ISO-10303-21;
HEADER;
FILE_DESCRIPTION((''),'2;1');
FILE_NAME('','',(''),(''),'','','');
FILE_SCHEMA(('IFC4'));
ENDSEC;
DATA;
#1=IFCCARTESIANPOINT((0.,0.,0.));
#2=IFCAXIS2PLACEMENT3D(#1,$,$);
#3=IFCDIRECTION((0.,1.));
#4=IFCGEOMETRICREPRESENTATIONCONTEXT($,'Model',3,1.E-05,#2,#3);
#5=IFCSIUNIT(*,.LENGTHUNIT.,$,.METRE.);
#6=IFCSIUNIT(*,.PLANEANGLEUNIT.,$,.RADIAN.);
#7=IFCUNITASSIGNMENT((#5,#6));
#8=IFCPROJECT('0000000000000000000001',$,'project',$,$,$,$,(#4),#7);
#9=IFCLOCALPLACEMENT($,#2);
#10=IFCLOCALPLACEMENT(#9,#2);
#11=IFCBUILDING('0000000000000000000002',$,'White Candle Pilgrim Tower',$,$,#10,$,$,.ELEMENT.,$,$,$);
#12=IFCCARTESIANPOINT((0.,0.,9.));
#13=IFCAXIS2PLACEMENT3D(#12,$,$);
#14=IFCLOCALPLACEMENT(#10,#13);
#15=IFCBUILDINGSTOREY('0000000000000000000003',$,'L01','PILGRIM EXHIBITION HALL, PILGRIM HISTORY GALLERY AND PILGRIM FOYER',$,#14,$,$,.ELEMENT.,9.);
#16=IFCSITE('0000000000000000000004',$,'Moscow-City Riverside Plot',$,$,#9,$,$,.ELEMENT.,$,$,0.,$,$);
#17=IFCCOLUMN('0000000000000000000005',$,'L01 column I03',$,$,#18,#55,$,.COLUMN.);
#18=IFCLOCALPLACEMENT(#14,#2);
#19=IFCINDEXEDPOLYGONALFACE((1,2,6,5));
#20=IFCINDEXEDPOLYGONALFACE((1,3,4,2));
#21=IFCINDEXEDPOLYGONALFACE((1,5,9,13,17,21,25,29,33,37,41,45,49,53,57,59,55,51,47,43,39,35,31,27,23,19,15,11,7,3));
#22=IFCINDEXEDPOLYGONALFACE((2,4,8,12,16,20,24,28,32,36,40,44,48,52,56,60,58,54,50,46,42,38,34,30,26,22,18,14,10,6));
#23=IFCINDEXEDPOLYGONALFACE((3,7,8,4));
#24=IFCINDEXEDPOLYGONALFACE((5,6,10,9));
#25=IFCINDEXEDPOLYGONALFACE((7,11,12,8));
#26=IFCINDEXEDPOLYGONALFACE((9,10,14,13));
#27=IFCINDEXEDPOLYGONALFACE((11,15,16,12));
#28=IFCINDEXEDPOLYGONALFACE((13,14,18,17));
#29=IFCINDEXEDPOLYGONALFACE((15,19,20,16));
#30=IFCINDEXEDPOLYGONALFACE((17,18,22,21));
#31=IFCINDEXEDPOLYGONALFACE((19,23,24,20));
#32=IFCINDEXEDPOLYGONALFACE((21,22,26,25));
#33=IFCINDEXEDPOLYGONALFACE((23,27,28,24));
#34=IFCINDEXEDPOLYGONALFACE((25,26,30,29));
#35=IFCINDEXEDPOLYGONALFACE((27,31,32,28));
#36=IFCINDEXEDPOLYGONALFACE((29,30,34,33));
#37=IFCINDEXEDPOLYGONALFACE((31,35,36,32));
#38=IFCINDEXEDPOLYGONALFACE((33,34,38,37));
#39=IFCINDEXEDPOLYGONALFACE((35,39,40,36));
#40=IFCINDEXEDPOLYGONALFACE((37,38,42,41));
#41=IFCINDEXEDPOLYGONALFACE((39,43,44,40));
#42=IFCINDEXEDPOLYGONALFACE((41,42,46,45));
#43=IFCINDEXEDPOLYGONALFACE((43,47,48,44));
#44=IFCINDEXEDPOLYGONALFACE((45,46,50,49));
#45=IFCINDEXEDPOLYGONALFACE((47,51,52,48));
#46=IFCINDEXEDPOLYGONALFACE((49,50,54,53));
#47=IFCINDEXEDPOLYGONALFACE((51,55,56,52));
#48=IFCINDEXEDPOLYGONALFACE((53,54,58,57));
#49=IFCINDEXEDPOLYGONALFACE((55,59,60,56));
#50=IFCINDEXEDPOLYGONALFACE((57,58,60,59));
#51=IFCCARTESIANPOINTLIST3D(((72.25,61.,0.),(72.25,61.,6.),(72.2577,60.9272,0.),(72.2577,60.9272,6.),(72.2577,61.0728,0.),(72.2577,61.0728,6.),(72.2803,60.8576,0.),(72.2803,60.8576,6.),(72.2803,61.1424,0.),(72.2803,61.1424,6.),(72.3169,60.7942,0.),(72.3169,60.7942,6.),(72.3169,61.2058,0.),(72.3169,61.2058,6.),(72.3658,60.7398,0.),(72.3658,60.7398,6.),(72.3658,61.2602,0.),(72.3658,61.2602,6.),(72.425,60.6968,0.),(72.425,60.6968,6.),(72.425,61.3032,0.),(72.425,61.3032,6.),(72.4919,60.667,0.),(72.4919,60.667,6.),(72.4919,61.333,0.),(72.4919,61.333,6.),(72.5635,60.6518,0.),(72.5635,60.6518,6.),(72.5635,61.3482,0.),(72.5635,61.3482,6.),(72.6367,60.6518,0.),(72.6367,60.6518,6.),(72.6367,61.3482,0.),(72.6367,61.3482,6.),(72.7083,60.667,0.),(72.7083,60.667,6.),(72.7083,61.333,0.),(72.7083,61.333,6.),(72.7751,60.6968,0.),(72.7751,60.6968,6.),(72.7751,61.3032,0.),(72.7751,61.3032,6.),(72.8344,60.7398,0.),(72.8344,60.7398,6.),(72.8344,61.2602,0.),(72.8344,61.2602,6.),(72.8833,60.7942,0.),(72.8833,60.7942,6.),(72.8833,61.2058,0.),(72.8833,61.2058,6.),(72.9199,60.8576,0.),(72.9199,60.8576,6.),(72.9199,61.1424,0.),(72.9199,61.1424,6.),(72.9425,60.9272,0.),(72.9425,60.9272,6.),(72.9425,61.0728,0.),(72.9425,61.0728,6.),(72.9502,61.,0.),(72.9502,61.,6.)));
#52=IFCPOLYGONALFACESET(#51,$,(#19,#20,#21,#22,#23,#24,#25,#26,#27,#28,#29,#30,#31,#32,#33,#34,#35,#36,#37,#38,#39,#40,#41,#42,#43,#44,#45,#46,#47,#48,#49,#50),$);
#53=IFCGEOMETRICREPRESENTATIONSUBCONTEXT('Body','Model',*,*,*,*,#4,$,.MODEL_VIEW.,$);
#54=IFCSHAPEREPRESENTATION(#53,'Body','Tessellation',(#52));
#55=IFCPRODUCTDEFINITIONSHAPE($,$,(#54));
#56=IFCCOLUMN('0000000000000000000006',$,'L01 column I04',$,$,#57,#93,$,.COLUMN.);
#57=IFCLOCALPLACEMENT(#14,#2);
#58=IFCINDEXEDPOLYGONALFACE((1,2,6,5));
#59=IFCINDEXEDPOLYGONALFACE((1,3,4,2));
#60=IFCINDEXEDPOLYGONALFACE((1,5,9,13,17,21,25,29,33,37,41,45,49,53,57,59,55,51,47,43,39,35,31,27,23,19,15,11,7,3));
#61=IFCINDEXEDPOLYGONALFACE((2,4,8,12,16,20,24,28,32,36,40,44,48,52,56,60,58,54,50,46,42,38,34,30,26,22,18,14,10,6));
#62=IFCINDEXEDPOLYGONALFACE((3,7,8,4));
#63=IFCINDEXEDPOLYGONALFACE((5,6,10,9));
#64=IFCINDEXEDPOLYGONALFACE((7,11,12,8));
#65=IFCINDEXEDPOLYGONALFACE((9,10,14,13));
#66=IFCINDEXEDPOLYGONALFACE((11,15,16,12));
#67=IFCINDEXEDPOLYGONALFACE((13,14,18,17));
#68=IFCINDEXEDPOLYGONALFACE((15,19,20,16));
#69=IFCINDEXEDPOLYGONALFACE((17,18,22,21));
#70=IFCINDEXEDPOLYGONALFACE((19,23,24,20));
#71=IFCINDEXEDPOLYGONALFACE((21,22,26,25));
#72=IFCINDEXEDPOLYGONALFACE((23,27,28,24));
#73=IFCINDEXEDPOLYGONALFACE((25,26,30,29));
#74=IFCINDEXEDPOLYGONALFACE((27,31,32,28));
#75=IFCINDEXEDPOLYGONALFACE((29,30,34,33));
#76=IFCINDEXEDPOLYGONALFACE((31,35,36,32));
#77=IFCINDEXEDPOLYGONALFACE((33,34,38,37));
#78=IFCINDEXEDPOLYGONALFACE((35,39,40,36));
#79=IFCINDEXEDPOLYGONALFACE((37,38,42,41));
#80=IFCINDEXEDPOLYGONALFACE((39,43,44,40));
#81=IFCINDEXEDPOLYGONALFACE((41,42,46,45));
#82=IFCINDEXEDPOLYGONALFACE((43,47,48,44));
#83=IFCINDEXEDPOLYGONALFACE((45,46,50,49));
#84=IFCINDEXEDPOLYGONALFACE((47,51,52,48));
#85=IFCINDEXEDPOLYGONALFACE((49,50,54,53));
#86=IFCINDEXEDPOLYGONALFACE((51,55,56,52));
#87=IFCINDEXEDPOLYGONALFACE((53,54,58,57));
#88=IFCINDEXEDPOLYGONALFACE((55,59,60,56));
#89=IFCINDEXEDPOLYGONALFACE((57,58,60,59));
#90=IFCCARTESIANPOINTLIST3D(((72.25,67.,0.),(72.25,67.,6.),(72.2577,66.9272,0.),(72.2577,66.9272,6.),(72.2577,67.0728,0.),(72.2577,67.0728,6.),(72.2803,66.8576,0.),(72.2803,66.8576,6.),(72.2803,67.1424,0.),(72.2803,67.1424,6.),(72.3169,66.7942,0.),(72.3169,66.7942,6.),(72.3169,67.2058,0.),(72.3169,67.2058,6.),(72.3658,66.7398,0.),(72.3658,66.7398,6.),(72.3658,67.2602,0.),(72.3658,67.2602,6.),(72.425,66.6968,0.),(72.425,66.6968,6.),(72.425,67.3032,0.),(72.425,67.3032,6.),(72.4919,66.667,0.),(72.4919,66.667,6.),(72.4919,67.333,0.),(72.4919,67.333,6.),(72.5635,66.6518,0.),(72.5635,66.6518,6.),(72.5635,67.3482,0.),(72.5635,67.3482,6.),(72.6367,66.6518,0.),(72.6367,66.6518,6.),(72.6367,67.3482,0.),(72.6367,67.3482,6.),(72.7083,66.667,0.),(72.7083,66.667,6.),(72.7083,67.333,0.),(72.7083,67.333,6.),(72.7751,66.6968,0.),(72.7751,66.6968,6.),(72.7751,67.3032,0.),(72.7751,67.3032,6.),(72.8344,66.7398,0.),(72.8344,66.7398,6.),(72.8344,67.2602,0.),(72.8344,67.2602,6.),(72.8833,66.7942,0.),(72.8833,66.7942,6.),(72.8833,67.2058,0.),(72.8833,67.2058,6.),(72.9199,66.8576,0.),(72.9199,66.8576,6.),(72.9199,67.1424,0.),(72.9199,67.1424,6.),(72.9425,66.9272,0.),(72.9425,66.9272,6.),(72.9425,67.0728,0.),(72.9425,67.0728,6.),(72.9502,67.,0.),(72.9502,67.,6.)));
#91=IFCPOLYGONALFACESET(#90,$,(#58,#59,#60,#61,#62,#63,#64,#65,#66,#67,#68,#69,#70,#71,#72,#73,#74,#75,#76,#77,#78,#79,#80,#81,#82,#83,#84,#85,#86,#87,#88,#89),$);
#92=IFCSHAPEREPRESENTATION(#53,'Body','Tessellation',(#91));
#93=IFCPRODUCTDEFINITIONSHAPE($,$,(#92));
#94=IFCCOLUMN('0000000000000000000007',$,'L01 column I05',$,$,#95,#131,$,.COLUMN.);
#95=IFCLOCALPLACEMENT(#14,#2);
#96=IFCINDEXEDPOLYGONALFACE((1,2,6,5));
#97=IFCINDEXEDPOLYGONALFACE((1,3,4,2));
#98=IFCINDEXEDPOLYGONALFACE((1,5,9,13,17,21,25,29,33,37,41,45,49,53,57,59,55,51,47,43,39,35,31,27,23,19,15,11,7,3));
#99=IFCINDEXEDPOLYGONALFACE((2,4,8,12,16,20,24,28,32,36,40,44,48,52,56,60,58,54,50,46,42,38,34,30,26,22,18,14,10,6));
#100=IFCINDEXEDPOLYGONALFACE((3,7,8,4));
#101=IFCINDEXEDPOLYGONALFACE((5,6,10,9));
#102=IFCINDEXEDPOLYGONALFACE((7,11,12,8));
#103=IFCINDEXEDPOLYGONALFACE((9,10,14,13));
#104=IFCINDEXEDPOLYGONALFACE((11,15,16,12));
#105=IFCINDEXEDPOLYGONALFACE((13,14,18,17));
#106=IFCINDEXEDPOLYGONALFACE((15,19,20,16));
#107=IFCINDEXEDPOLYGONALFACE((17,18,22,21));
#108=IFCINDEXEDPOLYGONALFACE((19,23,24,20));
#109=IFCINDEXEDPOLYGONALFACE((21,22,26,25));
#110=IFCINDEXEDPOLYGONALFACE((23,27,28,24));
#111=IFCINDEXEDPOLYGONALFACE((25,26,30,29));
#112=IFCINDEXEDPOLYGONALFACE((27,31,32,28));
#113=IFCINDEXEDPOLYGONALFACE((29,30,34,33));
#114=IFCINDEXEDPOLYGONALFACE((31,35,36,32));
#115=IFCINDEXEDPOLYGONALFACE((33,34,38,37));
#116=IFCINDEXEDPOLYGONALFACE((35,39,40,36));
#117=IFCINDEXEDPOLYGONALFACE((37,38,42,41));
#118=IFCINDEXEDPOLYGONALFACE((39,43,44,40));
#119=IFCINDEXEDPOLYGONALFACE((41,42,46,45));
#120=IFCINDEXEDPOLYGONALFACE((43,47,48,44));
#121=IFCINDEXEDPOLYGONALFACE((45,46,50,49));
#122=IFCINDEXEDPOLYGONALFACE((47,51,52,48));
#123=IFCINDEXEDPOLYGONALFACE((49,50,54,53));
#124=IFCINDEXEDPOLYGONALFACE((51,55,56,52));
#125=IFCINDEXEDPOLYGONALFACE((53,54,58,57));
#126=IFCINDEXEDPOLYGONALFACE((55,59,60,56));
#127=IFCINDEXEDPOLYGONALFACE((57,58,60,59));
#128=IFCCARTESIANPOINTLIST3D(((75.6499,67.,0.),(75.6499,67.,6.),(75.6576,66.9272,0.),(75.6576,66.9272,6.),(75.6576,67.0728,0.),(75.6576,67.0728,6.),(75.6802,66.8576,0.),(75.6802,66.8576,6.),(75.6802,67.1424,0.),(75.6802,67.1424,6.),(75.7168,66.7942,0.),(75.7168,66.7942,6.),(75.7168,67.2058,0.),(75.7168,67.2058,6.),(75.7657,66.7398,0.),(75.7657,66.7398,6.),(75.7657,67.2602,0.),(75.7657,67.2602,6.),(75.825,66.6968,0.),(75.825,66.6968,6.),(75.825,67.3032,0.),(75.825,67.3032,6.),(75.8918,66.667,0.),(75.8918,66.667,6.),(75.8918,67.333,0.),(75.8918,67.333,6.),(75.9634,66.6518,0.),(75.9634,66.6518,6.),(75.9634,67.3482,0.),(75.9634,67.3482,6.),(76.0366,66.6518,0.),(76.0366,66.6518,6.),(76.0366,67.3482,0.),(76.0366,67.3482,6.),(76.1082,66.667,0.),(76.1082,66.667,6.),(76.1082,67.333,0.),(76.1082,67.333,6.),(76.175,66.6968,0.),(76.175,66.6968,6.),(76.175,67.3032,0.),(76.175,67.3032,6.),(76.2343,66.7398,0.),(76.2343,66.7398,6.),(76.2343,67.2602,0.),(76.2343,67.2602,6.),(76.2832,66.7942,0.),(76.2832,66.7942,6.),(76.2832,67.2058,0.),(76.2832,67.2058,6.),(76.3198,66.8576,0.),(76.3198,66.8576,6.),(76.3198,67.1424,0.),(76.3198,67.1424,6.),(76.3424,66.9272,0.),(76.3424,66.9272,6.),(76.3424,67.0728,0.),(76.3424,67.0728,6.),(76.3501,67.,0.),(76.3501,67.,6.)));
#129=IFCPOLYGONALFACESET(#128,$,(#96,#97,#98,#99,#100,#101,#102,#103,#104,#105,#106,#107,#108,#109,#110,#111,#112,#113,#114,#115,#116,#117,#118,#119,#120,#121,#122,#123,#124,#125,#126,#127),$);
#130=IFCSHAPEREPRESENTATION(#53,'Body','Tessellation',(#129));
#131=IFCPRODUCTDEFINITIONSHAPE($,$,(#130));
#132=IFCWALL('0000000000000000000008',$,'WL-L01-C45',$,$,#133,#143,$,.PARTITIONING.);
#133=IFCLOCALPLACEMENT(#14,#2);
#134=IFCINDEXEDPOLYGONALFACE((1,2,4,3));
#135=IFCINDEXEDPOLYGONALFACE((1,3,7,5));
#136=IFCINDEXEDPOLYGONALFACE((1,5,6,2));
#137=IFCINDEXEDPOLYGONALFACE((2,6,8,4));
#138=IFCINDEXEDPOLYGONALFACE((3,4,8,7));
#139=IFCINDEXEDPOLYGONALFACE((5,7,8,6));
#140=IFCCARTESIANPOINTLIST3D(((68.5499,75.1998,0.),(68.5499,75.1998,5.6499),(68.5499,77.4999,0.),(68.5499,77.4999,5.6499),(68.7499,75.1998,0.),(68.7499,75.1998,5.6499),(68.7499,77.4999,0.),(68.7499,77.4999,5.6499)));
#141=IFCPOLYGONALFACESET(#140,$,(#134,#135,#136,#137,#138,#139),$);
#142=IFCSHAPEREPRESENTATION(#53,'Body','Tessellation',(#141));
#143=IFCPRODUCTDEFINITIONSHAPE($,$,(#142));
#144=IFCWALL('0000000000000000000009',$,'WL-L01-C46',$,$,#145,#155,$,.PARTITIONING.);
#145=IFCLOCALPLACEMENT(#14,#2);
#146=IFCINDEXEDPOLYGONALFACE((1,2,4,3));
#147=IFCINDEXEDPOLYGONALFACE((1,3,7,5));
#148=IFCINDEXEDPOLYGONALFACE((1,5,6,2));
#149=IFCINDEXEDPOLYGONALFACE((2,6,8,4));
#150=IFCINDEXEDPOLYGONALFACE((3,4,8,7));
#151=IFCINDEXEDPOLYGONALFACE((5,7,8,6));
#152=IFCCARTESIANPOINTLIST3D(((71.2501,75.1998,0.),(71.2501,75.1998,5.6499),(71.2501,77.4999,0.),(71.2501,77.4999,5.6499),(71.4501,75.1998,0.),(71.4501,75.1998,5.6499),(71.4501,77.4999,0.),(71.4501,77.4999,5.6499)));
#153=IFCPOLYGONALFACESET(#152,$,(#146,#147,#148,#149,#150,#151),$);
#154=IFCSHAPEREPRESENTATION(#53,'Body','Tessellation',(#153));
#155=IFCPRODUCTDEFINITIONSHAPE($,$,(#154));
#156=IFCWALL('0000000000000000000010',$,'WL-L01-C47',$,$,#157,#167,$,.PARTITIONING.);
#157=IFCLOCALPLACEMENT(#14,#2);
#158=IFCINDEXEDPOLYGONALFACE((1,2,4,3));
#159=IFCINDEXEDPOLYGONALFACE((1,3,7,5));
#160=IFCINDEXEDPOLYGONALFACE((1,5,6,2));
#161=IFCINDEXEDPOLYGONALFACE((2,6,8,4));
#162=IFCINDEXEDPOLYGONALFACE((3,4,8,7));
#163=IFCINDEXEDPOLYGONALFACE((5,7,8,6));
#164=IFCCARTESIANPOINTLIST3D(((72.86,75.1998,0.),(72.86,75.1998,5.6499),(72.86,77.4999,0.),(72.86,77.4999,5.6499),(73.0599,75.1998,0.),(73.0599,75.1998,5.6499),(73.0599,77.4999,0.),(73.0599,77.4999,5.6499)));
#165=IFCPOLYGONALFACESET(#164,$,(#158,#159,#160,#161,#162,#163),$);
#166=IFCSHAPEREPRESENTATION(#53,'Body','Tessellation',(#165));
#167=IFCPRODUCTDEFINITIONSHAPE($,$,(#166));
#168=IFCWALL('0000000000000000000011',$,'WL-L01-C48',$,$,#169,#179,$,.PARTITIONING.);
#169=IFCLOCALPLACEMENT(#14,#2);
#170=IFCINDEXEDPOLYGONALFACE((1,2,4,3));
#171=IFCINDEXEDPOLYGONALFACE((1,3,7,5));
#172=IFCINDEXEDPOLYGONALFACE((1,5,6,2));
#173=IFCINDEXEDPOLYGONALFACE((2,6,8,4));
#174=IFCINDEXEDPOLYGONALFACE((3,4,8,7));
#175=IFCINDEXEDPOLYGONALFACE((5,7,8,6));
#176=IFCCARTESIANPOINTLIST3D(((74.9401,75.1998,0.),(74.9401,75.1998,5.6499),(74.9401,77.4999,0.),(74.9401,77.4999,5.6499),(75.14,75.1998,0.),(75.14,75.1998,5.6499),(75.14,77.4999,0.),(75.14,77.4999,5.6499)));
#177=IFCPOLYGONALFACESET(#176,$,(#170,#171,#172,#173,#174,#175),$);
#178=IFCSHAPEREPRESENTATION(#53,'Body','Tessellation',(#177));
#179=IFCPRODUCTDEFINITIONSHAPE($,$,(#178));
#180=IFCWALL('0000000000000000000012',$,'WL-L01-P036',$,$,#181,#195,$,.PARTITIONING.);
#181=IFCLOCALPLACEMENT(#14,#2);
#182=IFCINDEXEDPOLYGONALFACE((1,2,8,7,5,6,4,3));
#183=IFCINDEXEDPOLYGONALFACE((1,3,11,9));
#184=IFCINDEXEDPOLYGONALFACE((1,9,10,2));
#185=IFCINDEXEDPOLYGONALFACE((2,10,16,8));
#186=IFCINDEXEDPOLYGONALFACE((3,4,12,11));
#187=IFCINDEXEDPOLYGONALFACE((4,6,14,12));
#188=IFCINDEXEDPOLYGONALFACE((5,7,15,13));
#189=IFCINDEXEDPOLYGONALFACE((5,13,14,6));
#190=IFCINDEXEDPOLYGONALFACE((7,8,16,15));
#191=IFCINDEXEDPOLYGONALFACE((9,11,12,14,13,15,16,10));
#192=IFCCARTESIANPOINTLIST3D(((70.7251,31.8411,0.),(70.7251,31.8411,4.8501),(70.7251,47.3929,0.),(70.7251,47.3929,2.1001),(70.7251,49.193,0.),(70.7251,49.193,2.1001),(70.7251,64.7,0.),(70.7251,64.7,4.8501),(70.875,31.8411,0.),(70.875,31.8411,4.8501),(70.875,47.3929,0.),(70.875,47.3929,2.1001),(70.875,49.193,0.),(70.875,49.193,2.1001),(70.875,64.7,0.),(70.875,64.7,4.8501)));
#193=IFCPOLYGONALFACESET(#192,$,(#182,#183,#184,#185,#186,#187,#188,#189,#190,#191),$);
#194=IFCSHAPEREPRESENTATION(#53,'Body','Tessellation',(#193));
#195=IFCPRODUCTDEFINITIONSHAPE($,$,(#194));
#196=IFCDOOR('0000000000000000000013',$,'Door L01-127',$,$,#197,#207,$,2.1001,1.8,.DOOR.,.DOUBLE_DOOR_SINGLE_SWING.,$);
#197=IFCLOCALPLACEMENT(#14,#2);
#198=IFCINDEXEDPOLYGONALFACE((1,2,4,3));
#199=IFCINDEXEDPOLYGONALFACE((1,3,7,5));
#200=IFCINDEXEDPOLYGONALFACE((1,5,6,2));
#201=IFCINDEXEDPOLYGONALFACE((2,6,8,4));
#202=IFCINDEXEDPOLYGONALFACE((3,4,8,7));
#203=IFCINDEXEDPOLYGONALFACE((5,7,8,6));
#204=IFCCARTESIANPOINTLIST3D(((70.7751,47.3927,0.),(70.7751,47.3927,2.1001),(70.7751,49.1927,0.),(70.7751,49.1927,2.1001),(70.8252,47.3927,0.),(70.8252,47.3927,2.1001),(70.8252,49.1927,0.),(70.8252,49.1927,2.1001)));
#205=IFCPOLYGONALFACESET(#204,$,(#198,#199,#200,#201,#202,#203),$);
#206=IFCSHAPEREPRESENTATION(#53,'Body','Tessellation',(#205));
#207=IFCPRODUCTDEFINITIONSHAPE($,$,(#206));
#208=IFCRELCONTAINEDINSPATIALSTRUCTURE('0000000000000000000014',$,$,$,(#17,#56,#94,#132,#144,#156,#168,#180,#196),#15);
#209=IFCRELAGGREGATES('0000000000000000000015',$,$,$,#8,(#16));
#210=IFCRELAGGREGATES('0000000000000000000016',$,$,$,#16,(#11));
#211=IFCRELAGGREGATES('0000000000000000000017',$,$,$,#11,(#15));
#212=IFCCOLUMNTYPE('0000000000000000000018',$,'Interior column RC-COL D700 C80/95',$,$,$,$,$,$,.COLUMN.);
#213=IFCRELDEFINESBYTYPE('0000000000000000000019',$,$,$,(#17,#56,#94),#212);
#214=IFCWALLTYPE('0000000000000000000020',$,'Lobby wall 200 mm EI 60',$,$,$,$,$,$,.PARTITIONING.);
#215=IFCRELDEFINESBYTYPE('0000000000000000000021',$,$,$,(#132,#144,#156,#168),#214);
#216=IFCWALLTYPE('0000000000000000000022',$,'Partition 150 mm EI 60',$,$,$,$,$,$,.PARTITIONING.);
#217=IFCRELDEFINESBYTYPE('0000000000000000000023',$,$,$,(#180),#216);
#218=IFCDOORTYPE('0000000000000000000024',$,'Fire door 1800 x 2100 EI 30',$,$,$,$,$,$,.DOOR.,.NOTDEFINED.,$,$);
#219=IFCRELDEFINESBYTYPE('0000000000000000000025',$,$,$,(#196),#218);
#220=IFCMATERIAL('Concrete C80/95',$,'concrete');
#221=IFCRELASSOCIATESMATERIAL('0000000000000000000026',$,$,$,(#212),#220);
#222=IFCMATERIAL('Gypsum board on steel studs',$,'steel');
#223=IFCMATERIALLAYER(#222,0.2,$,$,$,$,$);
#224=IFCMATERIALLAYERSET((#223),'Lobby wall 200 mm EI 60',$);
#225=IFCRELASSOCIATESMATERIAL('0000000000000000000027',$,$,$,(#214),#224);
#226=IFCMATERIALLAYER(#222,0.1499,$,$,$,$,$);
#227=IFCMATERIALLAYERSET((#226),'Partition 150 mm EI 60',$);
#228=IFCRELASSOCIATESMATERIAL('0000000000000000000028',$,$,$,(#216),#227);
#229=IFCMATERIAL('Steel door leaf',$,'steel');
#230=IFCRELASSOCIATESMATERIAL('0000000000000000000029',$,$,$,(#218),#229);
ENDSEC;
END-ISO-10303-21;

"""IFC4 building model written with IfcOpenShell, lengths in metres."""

from ifc_helpers import new_model, si_unit, direction, frame, frame_2d, origin, origin_2d, place, context, subcontext, project, spatial, rectangle, circle, extrude, material, layer, layer_set, material_profile, profile_set, type_object, element, fill, save


model = new_model("IFC4")

# Units and contexts
model_context = context("Model", 3, precision=1e-05, world=origin(), true_north=direction((0.0, 1.0)))
body_context = subcontext(model_context, "Body", "Model", "MODEL_VIEW")
ifc_project = project(units=[si_unit("LENGTHUNIT", "METRE"), si_unit("PLANEANGLEUNIT", "RADIAN")], contexts=[model_context])

# Site, building, storey
site_placement = place(None, origin())
site = spatial("IfcSite", under=ifc_project, at=site_placement, Name="Moscow-City Riverside Plot", CompositionType="ELEMENT", RefElevation=0.0)
building_placement = place(site_placement, origin())
building = spatial("IfcBuilding", under=site, at=building_placement, Name="White Candle Pilgrim Tower", CompositionType="ELEMENT")
storey_placement = place(building_placement, frame((0.0, 0.0, 9.0)))
storey = spatial("IfcBuildingStorey", under=building, at=storey_placement, Name="L01", Description="PILGRIM EXHIBITION HALL, PILGRIM HISTORY GALLERY AND PILGRIM FOYER", CompositionType="ELEMENT", Elevation=9.0)

# Columns
ifc_material_1 = material(Name="Concrete C80/95", Category="concrete")
ifc_material_profile = material_profile(ifc_material_1, circle(Radius=0.3501, at=origin_2d()), Name="RC-COL D700")
ifc_profile_set = profile_set([ifc_material_profile], Name="Concrete C80/95")
column_type = type_object("IfcColumnType", Name="Interior column RC-COL D700 C80/95", PredefinedType="COLUMN", material=ifc_profile_set)
for number, where, z_axis, x_axis, name in (
    (1, (72.6001, 61.0, 0.0), (0.0, 0.0, 1.0), (1.0, 0.0, 0.0), "L01 column I03"),
    (2, (72.6001, 67.0, 0.0), (0.0, 0.0, 1.0), (1.0, 0.0, 0.0), "L01 column I04"),
    (3, (76.0, 67.0, 0.0), (0.0, 0.0, 1.0), (1.0, 0.0, 0.0), "L01 column I05"),
):
    element("IfcColumn", number, at=place(storey_placement, frame(where, z_axis=z_axis, x_axis=x_axis)), inside=storey, type_object=column_type, Name=name, PredefinedType="COLUMN", context=body_context, shape_type="SweptSolid", body=[
        extrude(circle(Radius=0.3501, at=origin_2d()), origin(), (0.0, 0.0, 1.0), 6.0),
    ])

# Walls
ifc_material_2 = material(Name="Gypsum board on steel studs", Category="steel")
ifc_layer_1 = layer(ifc_material_2, 0.2)
ifc_layer_set_1 = layer_set([ifc_layer_1], Name="Lobby wall 200 mm EI 60")
wall_type_1 = type_object("IfcWallType", Name="Lobby wall 200 mm EI 60", PredefinedType="PARTITIONING", material=ifc_layer_set_1)
for number, where, z_axis, x_axis, name in (
    (4, (68.6499, 75.2, 0.0), (0.0, 0.0, 1.0), (0.0, 1.0, 0.0), "WL-L01-C45"),
    (5, (71.3501, 75.2, 0.0), (0.0, 0.0, 1.0), (0.0, 1.0, 0.0), "WL-L01-C46"),
    (6, (72.96, 75.2, 0.0), (0.0, 0.0, 1.0), (0.0, 1.0, 0.0), "WL-L01-C47"),
    (7, (75.04, 75.2, 0.0), (0.0, 0.0, 1.0), (0.0, 1.0, 0.0), "WL-L01-C48"),
):
    element("IfcWall", number, at=place(storey_placement, frame(where, z_axis=z_axis, x_axis=x_axis)), inside=storey, type_object=wall_type_1, Name=name, PredefinedType="PARTITIONING", context=body_context, shape_type="SweptSolid", body=[
        extrude(rectangle(XDim=2.3, YDim=0.2, at=frame_2d((1.1499, 0.0))), origin(), (0.0, 0.0, 1.0), 5.6499),
    ])

# Wall, opening, door
ifc_layer_2 = layer(ifc_material_2, 0.1499)
ifc_layer_set_2 = layer_set([ifc_layer_2], Name="Partition 150 mm EI 60")
wall_type_2 = type_object("IfcWallType", Name="Partition 150 mm EI 60", PredefinedType="PARTITIONING", material=ifc_layer_set_2)
wall_1_placement = place(storey_placement, frame((70.8, 64.7, 0.0), z_axis=(0.0, 0.0, 1.0), x_axis=(0.0, -1.0, 0.0)))
wall_1 = element("IfcWall", 8, at=wall_1_placement, inside=storey, type_object=wall_type_2, Name="WL-L01-P036", PredefinedType="PARTITIONING", context=body_context, shape_type="SweptSolid", body=[
    extrude(rectangle(XDim=32.8589, YDim=0.1499, at=frame_2d((16.4294, 0.0))), origin(), (0.0, 0.0, 1.0), 4.8501),
])
opening_1_placement = place(wall_1_placement, frame((15.5071, 0.0, 0.0)))
opening_1 = element("IfcOpeningElement", 9, at=opening_1_placement, cuts=wall_1, PredefinedType="OPENING", context=body_context, shape_type="SweptSolid", body=[
    extrude(rectangle(XDim=1.8, YDim=2.1001, at=frame_2d((0.8999, 1.05))), frame((0.0, 0.085, 0.0), z_axis=(0.0, -1.0, 0.0), x_axis=(1.0, 0.0, 0.0)), (0.0, 0.0, 1.0), 0.1699),
])
ifc_material_3 = material(Name="Steel door leaf", Category="steel")
door_type_1 = type_object("IfcDoorType", Name="Fire door 1800 x 2100 EI 30", OperationType="NOTDEFINED", PredefinedType="DOOR", material=ifc_material_3)
door_1_placement = place(opening_1_placement, frame((1.8, 0.0, 0.0), z_axis=(0.0, 0.0, 1.0), x_axis=(-1.0, 0.0, 0.0)))
door_1 = element("IfcDoor", 10, at=door_1_placement, inside=storey, type_object=door_type_1, Name="Door L01-127", OperationType="DOUBLE_DOOR_SINGLE_SWING", OverallHeight=2.1001, OverallWidth=1.8, PredefinedType="DOOR", context=body_context, shape_type="SweptSolid", body=[
    extrude(rectangle(XDim=1.8, YDim=2.1001, at=frame_2d((0.8999, 1.05))), frame((0.0, 0.0249, 0.0), z_axis=(0.0, -1.0, 0.0), x_axis=(1.0, 0.0, 0.0)), (0.0, 0.0, 1.0), 0.05),
])
fill(opening_1, door_1)

save(model, "model.ifc")
